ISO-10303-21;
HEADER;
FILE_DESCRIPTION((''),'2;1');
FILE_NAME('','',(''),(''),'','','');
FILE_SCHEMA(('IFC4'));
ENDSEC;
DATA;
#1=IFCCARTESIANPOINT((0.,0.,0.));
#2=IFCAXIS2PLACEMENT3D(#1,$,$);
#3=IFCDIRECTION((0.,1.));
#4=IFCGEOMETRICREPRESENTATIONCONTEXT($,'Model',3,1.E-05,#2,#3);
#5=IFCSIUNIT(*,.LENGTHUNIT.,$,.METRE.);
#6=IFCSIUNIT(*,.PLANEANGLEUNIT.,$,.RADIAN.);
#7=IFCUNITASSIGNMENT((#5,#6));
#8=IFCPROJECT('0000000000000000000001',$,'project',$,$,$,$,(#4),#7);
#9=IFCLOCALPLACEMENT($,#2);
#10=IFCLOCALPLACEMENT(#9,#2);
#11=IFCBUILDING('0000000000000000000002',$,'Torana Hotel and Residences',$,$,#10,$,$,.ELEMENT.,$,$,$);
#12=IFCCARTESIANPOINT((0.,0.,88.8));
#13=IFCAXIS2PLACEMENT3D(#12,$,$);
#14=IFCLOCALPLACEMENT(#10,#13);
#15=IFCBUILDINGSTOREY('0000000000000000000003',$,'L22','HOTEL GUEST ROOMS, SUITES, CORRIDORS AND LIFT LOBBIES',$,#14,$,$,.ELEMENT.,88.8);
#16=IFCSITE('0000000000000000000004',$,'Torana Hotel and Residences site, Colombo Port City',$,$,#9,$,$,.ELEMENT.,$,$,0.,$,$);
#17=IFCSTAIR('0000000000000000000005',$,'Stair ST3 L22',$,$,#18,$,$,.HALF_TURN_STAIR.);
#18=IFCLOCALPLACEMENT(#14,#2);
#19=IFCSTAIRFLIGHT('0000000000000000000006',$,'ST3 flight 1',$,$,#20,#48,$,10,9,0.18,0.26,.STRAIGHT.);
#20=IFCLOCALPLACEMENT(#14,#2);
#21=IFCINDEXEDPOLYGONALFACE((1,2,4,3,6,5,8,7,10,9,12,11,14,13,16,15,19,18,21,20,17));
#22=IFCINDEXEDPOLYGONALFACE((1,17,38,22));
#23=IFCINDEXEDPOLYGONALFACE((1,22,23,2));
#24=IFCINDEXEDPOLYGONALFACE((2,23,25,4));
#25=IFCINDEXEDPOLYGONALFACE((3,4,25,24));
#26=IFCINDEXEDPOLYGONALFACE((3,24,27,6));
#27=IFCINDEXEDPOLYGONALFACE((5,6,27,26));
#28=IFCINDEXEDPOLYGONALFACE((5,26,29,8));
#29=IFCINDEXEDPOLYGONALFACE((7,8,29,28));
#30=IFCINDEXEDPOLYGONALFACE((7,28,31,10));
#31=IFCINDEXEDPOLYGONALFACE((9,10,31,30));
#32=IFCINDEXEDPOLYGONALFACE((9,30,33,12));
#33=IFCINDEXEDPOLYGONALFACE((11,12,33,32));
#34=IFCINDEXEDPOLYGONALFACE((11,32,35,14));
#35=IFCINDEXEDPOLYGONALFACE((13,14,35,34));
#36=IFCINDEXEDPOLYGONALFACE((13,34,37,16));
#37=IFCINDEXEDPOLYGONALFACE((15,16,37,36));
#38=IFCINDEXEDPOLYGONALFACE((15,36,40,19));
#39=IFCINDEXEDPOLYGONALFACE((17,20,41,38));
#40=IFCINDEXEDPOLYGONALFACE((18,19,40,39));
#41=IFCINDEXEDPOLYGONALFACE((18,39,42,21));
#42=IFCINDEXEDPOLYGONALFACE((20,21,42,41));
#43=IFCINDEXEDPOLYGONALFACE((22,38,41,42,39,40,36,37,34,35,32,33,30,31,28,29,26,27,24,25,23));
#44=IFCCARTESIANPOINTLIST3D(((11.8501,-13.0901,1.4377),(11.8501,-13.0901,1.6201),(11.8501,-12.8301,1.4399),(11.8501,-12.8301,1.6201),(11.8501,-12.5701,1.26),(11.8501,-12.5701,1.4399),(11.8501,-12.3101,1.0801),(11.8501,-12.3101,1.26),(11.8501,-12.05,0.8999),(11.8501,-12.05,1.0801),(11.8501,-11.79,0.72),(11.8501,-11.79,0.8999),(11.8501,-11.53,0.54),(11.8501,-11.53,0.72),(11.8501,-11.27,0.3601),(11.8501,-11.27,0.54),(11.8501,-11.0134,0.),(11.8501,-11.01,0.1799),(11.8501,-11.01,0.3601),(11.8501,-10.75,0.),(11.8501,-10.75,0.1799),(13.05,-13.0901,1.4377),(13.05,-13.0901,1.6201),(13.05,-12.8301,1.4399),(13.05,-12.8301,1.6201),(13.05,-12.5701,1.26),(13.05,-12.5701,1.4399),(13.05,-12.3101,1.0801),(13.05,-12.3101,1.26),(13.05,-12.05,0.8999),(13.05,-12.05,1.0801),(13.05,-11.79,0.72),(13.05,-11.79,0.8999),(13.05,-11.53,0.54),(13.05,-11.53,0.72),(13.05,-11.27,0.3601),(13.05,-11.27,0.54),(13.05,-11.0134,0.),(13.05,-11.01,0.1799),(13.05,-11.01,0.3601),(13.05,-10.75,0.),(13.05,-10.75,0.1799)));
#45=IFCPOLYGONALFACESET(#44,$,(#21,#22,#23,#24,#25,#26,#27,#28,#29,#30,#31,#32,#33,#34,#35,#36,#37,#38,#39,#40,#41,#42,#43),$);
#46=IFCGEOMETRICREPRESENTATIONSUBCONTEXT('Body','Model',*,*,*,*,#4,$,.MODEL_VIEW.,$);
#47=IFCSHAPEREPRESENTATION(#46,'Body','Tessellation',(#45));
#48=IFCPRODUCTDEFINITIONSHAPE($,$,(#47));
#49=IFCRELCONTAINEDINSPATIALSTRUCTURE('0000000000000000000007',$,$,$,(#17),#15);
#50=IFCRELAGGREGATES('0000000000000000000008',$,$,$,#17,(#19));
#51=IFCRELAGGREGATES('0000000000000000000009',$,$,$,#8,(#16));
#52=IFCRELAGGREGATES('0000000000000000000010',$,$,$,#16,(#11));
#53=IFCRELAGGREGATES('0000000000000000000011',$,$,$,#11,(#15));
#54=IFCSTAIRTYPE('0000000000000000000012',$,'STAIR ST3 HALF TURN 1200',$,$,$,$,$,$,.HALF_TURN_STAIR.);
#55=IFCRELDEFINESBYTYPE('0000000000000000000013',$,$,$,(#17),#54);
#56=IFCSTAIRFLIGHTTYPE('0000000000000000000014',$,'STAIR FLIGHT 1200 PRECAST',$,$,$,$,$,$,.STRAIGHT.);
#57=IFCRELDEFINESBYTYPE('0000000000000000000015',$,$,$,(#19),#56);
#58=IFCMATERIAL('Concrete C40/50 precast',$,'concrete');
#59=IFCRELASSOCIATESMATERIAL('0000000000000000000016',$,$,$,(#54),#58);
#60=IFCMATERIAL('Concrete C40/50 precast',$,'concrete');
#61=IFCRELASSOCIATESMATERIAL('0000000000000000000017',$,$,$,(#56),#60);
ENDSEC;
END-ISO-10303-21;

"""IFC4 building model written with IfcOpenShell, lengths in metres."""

from ifc_helpers import new_model, si_unit, direction, frame, origin, place, context, subcontext, project, spatial, polyline, outline, extrude, material, type_object, element, aggregate, save


model = new_model("IFC4")

# Units and contexts
model_context = context("Model", 3, precision=1e-05, world=origin(), true_north=direction((0.0, 1.0)))
body_context = subcontext(model_context, "Body", "Model", "MODEL_VIEW")
ifc_project = project(units=[si_unit("LENGTHUNIT", "METRE"), si_unit("PLANEANGLEUNIT", "RADIAN")], contexts=[model_context])

# Site, building, storey
site_placement = place(None, origin())
site = spatial("IfcSite", under=ifc_project, at=site_placement, Name="Torana Hotel and Residences site, Colombo Port City", CompositionType="ELEMENT", RefElevation=0.0)
building_placement = place(site_placement, origin())
building = spatial("IfcBuilding", under=site, at=building_placement, Name="Torana Hotel and Residences", CompositionType="ELEMENT")
storey_placement = place(building_placement, frame((0.0, 0.0, 88.8)))
storey = spatial("IfcBuildingStorey", under=building, at=storey_placement, Name="L22", Description="HOTEL GUEST ROOMS, SUITES, CORRIDORS AND LIFT LOBBIES", CompositionType="ELEMENT", Elevation=88.8)

# Stair, stair flight
ifc_material_1 = material(Name="Concrete C40/50 precast", Category="concrete")
stair_type = type_object("IfcStairType", Name="STAIR ST3 HALF TURN 1200", PredefinedType="HALF_TURN_STAIR", material=ifc_material_1)
stair_placement = place(storey_placement, origin())
stair = element("IfcStair", 1, at=stair_placement, inside=storey, type_object=stair_type, Name="Stair ST3 L22", PredefinedType="HALF_TURN_STAIR")
ifc_material_2 = material(Name="Concrete C40/50 precast", Category="concrete")
stair_flight_type = type_object("IfcStairFlightType", Name="STAIR FLIGHT 1200 PRECAST", PredefinedType="STRAIGHT", material=ifc_material_2)
stair_flight_placement = place(storey_placement, frame((12.45, -10.75, 0.0), z_axis=(0.0, 0.0, 1.0), x_axis=(0.0, -1.0, 0.0)))
stair_flight = element("IfcStairFlight", 2, at=stair_flight_placement, type_object=stair_flight_type, Name="ST3 flight 1", NumberOfRisers=10, NumberOfTreads=9, PredefinedType="STRAIGHT", RiserHeight=0.18, TreadLength=0.26, context=body_context, shape_type="SweptSolid", body=[
    extrude(outline(polyline([(0.0, 0.0), (0.0, 0.1799), (0.26, 0.1799), (0.26, 0.3601), (0.52, 0.3601), (0.52, 0.54), (0.78, 0.54), (0.78, 0.72), (1.04, 0.72), (1.04, 0.8999), (1.3, 0.8999), (1.3, 1.0801), (1.5601, 1.0801), (1.5601, 1.26), (1.8201, 1.26), (1.8201, 1.4399), (2.0801, 1.4399), (2.0801, 1.6201), (2.3401, 1.6201), (2.3401, 1.8), (2.3401, 1.4377), (0.2634, 0.0), (0.0, 0.0)])), frame((0.0, 0.6001, 0.0), z_axis=(0.0, -1.0, 0.0), x_axis=(1.0, 0.0, 0.0)), (0.0, 0.0, 1.0), 1.2),
])
aggregate(stair, [stair_flight])

save(model, "model.ifc")
